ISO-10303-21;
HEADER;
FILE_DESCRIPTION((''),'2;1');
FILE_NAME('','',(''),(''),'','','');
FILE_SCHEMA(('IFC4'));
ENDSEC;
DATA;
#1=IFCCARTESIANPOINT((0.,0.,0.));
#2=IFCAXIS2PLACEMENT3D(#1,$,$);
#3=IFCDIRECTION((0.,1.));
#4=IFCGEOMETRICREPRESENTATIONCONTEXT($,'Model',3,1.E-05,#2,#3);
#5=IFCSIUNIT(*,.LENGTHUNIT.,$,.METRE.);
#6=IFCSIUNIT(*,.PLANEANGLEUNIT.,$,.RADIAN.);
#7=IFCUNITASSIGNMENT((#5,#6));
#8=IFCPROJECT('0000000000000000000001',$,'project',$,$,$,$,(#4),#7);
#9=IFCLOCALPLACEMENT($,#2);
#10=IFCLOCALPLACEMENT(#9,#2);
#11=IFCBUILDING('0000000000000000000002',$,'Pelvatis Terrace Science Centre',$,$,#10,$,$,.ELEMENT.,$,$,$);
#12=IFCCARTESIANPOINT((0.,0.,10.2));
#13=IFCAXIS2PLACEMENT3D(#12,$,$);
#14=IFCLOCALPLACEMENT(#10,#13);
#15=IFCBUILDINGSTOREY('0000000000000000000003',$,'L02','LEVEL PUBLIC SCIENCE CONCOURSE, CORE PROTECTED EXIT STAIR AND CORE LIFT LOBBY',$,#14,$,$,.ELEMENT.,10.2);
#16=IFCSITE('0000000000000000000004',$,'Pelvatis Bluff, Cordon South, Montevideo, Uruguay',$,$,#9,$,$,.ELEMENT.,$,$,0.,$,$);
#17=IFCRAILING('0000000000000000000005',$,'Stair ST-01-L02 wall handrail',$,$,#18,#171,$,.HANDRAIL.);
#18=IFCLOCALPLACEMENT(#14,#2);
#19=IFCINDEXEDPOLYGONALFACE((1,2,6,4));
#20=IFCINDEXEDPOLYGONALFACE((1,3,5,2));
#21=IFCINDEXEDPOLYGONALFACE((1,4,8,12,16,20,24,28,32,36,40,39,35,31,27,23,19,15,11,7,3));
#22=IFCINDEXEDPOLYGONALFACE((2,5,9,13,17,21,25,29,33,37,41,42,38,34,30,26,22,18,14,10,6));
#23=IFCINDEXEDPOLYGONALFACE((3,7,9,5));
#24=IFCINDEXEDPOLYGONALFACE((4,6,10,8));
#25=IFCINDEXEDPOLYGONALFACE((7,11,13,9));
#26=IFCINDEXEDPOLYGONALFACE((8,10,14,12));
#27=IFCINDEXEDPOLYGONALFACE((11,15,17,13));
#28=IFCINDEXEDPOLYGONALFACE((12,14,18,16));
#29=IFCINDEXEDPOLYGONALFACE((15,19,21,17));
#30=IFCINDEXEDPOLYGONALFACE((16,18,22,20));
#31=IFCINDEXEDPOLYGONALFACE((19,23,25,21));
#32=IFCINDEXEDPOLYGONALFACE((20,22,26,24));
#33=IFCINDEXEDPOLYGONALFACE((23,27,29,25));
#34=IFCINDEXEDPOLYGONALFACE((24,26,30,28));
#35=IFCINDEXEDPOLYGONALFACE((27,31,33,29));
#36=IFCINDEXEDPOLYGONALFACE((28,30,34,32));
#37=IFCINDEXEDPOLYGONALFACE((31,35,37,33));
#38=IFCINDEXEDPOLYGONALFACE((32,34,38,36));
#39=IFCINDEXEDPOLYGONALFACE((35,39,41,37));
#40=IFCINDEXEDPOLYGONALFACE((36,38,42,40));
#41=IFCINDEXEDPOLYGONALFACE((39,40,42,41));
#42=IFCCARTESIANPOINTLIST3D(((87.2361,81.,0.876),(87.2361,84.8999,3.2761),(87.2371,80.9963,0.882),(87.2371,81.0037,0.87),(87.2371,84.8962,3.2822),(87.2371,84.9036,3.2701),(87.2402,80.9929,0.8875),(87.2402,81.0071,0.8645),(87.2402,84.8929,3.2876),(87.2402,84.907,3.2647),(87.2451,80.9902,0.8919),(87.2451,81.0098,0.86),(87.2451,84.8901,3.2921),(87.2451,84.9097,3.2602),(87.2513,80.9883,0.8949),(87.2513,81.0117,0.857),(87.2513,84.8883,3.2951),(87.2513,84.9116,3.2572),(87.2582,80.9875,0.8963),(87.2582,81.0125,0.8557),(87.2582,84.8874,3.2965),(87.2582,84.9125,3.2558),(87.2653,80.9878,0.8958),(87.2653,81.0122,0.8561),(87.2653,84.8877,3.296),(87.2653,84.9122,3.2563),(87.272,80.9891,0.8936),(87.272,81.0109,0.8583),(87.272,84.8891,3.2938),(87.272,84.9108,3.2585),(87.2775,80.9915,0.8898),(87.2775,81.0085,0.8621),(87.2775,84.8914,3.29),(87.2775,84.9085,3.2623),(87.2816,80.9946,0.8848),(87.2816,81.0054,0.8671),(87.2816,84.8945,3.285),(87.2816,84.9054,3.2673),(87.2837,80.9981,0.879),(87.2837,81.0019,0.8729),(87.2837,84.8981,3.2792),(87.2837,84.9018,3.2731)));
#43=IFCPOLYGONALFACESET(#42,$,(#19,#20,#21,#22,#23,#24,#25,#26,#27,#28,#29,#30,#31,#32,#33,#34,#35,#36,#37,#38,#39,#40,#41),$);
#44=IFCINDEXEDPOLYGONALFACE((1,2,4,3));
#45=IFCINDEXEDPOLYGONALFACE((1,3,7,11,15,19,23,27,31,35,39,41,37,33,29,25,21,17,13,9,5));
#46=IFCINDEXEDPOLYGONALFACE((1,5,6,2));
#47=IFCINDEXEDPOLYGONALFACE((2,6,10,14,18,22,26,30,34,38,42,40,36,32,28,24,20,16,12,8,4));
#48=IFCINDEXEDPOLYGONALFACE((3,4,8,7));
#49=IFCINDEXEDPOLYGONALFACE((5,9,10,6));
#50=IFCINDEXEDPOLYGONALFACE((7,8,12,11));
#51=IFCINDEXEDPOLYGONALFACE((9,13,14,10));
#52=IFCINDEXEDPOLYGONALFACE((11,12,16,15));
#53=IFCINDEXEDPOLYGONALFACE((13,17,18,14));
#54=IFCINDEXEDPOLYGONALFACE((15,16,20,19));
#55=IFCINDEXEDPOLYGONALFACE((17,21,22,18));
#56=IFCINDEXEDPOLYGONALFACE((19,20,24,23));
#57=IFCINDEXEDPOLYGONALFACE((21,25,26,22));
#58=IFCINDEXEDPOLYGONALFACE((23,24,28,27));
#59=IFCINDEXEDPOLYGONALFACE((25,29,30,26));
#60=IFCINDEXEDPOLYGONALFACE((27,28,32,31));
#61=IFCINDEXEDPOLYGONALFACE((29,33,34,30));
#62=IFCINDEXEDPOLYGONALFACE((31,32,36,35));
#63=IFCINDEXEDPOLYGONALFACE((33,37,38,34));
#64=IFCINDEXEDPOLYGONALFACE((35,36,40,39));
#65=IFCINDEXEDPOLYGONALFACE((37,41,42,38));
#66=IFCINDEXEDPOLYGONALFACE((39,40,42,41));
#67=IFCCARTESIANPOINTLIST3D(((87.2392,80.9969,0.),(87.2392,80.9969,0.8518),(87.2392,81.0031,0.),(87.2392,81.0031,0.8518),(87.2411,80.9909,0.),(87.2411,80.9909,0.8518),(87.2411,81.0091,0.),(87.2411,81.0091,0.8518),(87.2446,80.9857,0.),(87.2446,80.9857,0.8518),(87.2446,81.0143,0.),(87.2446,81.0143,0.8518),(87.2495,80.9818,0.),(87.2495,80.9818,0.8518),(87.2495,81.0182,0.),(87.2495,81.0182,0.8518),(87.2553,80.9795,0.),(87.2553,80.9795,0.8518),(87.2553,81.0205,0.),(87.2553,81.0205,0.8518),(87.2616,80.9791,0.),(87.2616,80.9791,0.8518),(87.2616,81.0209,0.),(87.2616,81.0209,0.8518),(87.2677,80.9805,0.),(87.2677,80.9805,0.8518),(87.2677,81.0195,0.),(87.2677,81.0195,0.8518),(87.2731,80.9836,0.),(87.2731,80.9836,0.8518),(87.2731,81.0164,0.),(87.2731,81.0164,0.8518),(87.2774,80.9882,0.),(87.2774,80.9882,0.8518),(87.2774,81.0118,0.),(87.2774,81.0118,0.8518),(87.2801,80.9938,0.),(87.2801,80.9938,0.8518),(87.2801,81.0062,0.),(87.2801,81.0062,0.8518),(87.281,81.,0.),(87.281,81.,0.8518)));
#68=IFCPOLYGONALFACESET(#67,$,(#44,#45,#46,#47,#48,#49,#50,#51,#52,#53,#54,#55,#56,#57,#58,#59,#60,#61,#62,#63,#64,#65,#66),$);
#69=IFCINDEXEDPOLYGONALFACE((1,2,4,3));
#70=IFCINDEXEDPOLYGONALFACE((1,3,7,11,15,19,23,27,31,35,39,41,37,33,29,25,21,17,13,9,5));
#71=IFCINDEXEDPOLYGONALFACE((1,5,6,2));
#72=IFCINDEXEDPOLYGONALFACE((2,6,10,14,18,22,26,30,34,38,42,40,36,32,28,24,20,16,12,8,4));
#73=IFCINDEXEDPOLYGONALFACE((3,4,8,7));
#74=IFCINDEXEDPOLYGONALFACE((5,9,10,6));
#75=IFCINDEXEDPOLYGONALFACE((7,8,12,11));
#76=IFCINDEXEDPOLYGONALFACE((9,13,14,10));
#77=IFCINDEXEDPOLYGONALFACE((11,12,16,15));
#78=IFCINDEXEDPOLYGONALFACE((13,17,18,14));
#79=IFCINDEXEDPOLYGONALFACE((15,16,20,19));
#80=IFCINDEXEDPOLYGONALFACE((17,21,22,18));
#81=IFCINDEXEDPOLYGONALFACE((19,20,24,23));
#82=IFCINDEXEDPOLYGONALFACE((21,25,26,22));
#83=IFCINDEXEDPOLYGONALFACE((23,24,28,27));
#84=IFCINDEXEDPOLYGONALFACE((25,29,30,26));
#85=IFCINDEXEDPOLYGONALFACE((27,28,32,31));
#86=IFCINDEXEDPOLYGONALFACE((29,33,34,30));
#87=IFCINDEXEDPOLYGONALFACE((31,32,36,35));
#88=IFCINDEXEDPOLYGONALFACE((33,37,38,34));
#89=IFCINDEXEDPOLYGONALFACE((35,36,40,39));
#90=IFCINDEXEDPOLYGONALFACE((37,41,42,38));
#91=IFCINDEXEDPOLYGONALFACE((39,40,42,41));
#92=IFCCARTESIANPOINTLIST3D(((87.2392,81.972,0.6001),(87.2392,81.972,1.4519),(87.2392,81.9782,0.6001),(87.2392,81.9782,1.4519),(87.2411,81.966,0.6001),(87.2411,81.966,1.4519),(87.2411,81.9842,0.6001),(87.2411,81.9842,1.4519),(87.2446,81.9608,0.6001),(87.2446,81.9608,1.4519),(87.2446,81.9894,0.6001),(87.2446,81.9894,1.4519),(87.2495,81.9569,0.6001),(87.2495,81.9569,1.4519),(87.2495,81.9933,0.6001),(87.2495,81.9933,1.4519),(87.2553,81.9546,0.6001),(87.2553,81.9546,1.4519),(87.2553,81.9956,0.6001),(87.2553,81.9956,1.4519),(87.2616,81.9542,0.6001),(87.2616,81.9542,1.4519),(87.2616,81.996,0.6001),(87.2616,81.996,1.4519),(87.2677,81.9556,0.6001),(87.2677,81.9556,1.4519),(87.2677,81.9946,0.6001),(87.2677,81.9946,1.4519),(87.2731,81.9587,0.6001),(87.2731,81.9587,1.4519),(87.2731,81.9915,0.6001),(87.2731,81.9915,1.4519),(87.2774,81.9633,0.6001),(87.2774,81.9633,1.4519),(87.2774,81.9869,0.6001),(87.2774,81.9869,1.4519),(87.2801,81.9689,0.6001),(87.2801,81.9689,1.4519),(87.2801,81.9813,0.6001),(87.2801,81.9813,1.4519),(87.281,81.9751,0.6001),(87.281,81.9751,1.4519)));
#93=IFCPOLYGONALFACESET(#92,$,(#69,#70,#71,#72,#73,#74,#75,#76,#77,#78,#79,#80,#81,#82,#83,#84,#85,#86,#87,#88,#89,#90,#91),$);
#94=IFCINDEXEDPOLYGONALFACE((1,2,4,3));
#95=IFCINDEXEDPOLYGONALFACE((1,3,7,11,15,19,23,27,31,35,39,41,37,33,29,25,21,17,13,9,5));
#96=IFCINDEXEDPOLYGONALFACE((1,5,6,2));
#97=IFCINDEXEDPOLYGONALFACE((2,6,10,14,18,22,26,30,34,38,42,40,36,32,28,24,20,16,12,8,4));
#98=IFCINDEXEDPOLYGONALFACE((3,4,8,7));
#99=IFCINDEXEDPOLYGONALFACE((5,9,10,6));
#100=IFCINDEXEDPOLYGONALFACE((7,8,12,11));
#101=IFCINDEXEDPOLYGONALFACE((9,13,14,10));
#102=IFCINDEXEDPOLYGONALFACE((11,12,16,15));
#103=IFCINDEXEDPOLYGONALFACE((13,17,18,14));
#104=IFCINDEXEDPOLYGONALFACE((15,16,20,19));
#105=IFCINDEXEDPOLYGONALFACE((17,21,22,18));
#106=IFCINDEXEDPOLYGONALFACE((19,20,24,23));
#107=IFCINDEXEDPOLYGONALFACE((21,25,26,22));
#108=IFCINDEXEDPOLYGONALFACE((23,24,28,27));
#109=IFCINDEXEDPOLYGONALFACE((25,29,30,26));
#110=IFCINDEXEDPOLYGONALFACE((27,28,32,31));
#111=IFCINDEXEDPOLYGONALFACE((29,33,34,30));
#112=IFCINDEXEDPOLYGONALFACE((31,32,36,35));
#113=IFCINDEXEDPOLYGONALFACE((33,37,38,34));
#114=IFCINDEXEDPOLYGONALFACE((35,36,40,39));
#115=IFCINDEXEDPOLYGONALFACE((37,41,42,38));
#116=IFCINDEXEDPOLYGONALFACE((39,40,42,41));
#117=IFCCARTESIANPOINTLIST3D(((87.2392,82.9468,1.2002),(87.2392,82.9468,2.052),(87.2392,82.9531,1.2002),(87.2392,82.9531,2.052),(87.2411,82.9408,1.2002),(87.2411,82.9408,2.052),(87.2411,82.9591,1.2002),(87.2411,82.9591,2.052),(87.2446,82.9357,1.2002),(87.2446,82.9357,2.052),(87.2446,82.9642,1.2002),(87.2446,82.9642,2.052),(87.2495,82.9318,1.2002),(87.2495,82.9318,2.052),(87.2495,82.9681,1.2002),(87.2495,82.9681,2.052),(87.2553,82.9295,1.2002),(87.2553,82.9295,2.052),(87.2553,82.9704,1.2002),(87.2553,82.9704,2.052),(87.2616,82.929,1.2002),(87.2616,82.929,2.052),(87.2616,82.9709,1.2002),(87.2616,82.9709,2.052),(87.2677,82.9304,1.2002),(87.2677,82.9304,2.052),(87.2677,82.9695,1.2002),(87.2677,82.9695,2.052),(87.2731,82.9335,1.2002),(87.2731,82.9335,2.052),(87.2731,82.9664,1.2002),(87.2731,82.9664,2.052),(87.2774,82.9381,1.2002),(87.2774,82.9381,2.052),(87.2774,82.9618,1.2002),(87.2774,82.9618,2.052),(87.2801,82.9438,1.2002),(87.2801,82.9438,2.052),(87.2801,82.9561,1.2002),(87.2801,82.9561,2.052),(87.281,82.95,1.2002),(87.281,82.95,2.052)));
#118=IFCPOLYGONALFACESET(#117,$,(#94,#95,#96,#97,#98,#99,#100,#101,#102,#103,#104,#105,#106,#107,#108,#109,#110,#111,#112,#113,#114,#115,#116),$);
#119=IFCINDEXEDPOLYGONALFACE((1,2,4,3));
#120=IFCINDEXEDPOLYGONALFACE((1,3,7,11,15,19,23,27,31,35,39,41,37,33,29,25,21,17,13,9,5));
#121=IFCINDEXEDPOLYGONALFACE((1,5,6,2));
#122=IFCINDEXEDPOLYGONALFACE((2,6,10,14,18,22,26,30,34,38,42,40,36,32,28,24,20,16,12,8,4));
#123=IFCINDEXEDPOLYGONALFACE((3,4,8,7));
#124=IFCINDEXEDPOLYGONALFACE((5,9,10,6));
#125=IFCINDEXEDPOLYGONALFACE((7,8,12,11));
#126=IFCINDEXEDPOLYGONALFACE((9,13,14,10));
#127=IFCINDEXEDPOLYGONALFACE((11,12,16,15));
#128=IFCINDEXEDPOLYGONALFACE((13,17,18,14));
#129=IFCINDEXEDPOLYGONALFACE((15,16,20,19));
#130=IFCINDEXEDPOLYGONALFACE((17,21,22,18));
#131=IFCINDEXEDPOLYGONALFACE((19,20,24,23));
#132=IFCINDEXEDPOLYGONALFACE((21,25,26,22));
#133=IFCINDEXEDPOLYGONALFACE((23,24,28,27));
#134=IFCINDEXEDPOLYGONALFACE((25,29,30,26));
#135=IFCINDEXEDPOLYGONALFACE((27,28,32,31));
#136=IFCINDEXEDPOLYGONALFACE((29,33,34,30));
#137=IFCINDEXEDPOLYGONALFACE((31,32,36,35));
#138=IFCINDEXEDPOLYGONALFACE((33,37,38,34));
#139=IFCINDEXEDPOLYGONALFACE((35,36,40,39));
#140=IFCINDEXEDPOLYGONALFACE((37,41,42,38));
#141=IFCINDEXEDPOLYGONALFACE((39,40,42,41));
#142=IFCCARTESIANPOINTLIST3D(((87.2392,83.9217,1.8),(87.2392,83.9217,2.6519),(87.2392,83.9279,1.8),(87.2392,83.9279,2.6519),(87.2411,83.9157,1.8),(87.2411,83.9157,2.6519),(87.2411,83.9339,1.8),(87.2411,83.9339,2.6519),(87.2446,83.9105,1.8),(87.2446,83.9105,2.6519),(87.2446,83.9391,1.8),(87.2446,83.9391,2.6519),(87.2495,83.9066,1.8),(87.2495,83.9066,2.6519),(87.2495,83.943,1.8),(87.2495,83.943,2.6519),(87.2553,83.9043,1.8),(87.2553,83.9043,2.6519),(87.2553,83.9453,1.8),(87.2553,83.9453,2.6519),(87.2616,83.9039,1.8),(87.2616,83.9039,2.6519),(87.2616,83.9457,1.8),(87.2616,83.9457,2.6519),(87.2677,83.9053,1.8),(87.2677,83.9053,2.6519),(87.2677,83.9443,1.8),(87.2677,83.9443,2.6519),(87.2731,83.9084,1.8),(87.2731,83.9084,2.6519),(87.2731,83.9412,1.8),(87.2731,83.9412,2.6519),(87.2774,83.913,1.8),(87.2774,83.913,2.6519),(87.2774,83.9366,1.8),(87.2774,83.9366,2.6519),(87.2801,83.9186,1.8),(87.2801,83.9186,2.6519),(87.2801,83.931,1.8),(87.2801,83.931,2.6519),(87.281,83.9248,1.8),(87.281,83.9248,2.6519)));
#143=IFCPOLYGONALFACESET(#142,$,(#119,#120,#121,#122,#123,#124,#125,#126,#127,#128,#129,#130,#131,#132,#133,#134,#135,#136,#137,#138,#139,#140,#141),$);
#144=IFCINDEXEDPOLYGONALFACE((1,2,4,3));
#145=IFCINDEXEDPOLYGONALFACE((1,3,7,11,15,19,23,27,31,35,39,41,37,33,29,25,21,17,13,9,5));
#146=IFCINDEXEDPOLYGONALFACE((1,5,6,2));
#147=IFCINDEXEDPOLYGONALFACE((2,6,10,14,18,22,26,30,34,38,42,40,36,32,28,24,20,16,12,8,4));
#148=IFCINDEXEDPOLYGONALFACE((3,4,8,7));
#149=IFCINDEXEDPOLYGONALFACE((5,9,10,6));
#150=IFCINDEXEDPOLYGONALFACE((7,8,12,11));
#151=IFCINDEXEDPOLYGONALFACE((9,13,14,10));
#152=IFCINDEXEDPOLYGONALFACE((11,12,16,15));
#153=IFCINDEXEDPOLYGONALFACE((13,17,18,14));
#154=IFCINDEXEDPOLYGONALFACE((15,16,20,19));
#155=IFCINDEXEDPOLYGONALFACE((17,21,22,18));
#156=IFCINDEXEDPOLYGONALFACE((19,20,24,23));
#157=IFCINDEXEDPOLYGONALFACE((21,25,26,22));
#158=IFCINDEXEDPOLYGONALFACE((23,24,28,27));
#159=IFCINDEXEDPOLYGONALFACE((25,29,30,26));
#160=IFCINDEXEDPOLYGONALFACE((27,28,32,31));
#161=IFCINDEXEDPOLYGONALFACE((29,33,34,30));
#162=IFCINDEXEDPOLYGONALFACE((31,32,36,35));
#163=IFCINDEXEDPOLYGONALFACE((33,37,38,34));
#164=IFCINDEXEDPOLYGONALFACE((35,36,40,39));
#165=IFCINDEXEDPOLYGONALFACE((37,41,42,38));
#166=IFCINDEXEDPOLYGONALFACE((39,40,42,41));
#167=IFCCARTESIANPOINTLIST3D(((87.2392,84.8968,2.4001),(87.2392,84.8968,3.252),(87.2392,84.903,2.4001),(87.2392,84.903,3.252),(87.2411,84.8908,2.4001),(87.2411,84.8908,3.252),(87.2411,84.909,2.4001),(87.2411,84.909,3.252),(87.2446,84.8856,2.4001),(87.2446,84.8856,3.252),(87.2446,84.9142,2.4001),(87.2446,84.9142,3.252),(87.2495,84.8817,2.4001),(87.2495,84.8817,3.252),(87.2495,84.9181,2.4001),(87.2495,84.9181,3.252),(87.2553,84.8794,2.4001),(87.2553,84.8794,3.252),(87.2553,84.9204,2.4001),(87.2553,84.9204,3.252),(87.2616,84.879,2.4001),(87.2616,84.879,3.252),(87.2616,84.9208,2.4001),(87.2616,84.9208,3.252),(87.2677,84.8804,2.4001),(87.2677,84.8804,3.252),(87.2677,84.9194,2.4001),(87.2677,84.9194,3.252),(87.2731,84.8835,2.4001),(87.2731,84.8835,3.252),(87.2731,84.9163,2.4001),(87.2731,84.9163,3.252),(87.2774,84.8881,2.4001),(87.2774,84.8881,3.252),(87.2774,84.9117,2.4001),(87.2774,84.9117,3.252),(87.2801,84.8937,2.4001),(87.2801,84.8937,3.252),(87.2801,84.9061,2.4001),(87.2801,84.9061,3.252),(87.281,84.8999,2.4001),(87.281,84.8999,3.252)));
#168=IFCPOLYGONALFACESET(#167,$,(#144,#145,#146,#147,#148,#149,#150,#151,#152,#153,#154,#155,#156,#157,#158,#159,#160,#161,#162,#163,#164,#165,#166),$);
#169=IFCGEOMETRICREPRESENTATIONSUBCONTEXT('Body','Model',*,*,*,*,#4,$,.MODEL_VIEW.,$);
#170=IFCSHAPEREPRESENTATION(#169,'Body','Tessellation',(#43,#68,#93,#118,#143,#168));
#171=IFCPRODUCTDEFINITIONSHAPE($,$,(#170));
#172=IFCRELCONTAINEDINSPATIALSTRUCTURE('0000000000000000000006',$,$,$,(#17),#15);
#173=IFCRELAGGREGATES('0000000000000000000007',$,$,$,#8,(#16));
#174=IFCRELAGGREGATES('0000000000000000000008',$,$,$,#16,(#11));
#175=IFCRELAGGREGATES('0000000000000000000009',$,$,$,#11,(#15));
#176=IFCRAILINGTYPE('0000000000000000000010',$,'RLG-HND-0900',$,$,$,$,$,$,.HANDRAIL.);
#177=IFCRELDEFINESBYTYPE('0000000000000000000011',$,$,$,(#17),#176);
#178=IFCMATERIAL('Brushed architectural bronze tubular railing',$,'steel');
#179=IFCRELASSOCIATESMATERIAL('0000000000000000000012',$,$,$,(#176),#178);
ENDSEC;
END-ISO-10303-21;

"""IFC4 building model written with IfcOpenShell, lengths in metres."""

from ifc_helpers import new_model, si_unit, direction, frame, origin, origin_2d, place, context, subcontext, project, spatial, circle, extrude, material, type_object, element, save


model = new_model("IFC4")

# Units and contexts
model_context = context("Model", 3, precision=1e-05, world=origin(), true_north=direction((0.0, 1.0)))
body_context = subcontext(model_context, "Body", "Model", "MODEL_VIEW")
ifc_project = project(units=[si_unit("LENGTHUNIT", "METRE"), si_unit("PLANEANGLEUNIT", "RADIAN")], contexts=[model_context])

# Site, building, storey
site_placement = place(None, origin())
site = spatial("IfcSite", under=ifc_project, at=site_placement, Name="Pelvatis Bluff, Cordon South, Montevideo, Uruguay", CompositionType="ELEMENT", RefElevation=0.0)
building_placement = place(site_placement, origin())
building = spatial("IfcBuilding", under=site, at=building_placement, Name="Pelvatis Terrace Science Centre", CompositionType="ELEMENT")
storey_placement = place(building_placement, frame((0.0, 0.0, 10.2)))
storey = spatial("IfcBuildingStorey", under=building, at=storey_placement, Name="L02", Description="LEVEL PUBLIC SCIENCE CONCOURSE, CORE PROTECTED EXIT STAIR AND CORE LIFT LOBBY", CompositionType="ELEMENT", Elevation=10.2)

# Railing
ifc_material_1 = material(Name="Brushed architectural bronze tubular railing", Category="steel")
railing_type_1 = type_object("IfcRailingType", Name="RLG-HND-0900", PredefinedType="HANDRAIL", material=ifc_material_1)
railing_1_placement = place(storey_placement, frame((87.26, 81.0, 0.0)))
element("IfcRailing", 1, at=railing_1_placement, inside=storey, type_object=railing_type_1, Name="Stair ST-01-L02 wall handrail", PredefinedType="HANDRAIL", context=body_context, shape_type="SweptSolid", body=[
    extrude(circle(Radius=0.0239, at=origin_2d()), frame((0.0, 0.0, 0.876), z_axis=(0.0, 0.851638, 0.52413), x_axis=(-1.0, 0.0, 0.0)), (0.0, 0.0, 1.0), 4.5793),
    extrude(circle(Radius=0.021, at=origin_2d()), origin(), (0.0, 0.0, 1.0), 0.8518),
    extrude(circle(Radius=0.021, at=origin_2d()), frame((0.0, 0.9751, 0.6001)), (0.0, 0.0, 1.0), 0.8518),
    extrude(circle(Radius=0.021, at=origin_2d()), frame((0.0, 1.95, 1.2002)), (0.0, 0.0, 1.0), 0.8518),
    extrude(circle(Radius=0.021, at=origin_2d()), frame((0.0, 2.9248, 1.8)), (0.0, 0.0, 1.0), 0.8518),
    extrude(circle(Radius=0.021, at=origin_2d()), frame((0.0, 3.8999, 2.4001)), (0.0, 0.0, 1.0), 0.8518),
])

save(model, "model.ifc")
